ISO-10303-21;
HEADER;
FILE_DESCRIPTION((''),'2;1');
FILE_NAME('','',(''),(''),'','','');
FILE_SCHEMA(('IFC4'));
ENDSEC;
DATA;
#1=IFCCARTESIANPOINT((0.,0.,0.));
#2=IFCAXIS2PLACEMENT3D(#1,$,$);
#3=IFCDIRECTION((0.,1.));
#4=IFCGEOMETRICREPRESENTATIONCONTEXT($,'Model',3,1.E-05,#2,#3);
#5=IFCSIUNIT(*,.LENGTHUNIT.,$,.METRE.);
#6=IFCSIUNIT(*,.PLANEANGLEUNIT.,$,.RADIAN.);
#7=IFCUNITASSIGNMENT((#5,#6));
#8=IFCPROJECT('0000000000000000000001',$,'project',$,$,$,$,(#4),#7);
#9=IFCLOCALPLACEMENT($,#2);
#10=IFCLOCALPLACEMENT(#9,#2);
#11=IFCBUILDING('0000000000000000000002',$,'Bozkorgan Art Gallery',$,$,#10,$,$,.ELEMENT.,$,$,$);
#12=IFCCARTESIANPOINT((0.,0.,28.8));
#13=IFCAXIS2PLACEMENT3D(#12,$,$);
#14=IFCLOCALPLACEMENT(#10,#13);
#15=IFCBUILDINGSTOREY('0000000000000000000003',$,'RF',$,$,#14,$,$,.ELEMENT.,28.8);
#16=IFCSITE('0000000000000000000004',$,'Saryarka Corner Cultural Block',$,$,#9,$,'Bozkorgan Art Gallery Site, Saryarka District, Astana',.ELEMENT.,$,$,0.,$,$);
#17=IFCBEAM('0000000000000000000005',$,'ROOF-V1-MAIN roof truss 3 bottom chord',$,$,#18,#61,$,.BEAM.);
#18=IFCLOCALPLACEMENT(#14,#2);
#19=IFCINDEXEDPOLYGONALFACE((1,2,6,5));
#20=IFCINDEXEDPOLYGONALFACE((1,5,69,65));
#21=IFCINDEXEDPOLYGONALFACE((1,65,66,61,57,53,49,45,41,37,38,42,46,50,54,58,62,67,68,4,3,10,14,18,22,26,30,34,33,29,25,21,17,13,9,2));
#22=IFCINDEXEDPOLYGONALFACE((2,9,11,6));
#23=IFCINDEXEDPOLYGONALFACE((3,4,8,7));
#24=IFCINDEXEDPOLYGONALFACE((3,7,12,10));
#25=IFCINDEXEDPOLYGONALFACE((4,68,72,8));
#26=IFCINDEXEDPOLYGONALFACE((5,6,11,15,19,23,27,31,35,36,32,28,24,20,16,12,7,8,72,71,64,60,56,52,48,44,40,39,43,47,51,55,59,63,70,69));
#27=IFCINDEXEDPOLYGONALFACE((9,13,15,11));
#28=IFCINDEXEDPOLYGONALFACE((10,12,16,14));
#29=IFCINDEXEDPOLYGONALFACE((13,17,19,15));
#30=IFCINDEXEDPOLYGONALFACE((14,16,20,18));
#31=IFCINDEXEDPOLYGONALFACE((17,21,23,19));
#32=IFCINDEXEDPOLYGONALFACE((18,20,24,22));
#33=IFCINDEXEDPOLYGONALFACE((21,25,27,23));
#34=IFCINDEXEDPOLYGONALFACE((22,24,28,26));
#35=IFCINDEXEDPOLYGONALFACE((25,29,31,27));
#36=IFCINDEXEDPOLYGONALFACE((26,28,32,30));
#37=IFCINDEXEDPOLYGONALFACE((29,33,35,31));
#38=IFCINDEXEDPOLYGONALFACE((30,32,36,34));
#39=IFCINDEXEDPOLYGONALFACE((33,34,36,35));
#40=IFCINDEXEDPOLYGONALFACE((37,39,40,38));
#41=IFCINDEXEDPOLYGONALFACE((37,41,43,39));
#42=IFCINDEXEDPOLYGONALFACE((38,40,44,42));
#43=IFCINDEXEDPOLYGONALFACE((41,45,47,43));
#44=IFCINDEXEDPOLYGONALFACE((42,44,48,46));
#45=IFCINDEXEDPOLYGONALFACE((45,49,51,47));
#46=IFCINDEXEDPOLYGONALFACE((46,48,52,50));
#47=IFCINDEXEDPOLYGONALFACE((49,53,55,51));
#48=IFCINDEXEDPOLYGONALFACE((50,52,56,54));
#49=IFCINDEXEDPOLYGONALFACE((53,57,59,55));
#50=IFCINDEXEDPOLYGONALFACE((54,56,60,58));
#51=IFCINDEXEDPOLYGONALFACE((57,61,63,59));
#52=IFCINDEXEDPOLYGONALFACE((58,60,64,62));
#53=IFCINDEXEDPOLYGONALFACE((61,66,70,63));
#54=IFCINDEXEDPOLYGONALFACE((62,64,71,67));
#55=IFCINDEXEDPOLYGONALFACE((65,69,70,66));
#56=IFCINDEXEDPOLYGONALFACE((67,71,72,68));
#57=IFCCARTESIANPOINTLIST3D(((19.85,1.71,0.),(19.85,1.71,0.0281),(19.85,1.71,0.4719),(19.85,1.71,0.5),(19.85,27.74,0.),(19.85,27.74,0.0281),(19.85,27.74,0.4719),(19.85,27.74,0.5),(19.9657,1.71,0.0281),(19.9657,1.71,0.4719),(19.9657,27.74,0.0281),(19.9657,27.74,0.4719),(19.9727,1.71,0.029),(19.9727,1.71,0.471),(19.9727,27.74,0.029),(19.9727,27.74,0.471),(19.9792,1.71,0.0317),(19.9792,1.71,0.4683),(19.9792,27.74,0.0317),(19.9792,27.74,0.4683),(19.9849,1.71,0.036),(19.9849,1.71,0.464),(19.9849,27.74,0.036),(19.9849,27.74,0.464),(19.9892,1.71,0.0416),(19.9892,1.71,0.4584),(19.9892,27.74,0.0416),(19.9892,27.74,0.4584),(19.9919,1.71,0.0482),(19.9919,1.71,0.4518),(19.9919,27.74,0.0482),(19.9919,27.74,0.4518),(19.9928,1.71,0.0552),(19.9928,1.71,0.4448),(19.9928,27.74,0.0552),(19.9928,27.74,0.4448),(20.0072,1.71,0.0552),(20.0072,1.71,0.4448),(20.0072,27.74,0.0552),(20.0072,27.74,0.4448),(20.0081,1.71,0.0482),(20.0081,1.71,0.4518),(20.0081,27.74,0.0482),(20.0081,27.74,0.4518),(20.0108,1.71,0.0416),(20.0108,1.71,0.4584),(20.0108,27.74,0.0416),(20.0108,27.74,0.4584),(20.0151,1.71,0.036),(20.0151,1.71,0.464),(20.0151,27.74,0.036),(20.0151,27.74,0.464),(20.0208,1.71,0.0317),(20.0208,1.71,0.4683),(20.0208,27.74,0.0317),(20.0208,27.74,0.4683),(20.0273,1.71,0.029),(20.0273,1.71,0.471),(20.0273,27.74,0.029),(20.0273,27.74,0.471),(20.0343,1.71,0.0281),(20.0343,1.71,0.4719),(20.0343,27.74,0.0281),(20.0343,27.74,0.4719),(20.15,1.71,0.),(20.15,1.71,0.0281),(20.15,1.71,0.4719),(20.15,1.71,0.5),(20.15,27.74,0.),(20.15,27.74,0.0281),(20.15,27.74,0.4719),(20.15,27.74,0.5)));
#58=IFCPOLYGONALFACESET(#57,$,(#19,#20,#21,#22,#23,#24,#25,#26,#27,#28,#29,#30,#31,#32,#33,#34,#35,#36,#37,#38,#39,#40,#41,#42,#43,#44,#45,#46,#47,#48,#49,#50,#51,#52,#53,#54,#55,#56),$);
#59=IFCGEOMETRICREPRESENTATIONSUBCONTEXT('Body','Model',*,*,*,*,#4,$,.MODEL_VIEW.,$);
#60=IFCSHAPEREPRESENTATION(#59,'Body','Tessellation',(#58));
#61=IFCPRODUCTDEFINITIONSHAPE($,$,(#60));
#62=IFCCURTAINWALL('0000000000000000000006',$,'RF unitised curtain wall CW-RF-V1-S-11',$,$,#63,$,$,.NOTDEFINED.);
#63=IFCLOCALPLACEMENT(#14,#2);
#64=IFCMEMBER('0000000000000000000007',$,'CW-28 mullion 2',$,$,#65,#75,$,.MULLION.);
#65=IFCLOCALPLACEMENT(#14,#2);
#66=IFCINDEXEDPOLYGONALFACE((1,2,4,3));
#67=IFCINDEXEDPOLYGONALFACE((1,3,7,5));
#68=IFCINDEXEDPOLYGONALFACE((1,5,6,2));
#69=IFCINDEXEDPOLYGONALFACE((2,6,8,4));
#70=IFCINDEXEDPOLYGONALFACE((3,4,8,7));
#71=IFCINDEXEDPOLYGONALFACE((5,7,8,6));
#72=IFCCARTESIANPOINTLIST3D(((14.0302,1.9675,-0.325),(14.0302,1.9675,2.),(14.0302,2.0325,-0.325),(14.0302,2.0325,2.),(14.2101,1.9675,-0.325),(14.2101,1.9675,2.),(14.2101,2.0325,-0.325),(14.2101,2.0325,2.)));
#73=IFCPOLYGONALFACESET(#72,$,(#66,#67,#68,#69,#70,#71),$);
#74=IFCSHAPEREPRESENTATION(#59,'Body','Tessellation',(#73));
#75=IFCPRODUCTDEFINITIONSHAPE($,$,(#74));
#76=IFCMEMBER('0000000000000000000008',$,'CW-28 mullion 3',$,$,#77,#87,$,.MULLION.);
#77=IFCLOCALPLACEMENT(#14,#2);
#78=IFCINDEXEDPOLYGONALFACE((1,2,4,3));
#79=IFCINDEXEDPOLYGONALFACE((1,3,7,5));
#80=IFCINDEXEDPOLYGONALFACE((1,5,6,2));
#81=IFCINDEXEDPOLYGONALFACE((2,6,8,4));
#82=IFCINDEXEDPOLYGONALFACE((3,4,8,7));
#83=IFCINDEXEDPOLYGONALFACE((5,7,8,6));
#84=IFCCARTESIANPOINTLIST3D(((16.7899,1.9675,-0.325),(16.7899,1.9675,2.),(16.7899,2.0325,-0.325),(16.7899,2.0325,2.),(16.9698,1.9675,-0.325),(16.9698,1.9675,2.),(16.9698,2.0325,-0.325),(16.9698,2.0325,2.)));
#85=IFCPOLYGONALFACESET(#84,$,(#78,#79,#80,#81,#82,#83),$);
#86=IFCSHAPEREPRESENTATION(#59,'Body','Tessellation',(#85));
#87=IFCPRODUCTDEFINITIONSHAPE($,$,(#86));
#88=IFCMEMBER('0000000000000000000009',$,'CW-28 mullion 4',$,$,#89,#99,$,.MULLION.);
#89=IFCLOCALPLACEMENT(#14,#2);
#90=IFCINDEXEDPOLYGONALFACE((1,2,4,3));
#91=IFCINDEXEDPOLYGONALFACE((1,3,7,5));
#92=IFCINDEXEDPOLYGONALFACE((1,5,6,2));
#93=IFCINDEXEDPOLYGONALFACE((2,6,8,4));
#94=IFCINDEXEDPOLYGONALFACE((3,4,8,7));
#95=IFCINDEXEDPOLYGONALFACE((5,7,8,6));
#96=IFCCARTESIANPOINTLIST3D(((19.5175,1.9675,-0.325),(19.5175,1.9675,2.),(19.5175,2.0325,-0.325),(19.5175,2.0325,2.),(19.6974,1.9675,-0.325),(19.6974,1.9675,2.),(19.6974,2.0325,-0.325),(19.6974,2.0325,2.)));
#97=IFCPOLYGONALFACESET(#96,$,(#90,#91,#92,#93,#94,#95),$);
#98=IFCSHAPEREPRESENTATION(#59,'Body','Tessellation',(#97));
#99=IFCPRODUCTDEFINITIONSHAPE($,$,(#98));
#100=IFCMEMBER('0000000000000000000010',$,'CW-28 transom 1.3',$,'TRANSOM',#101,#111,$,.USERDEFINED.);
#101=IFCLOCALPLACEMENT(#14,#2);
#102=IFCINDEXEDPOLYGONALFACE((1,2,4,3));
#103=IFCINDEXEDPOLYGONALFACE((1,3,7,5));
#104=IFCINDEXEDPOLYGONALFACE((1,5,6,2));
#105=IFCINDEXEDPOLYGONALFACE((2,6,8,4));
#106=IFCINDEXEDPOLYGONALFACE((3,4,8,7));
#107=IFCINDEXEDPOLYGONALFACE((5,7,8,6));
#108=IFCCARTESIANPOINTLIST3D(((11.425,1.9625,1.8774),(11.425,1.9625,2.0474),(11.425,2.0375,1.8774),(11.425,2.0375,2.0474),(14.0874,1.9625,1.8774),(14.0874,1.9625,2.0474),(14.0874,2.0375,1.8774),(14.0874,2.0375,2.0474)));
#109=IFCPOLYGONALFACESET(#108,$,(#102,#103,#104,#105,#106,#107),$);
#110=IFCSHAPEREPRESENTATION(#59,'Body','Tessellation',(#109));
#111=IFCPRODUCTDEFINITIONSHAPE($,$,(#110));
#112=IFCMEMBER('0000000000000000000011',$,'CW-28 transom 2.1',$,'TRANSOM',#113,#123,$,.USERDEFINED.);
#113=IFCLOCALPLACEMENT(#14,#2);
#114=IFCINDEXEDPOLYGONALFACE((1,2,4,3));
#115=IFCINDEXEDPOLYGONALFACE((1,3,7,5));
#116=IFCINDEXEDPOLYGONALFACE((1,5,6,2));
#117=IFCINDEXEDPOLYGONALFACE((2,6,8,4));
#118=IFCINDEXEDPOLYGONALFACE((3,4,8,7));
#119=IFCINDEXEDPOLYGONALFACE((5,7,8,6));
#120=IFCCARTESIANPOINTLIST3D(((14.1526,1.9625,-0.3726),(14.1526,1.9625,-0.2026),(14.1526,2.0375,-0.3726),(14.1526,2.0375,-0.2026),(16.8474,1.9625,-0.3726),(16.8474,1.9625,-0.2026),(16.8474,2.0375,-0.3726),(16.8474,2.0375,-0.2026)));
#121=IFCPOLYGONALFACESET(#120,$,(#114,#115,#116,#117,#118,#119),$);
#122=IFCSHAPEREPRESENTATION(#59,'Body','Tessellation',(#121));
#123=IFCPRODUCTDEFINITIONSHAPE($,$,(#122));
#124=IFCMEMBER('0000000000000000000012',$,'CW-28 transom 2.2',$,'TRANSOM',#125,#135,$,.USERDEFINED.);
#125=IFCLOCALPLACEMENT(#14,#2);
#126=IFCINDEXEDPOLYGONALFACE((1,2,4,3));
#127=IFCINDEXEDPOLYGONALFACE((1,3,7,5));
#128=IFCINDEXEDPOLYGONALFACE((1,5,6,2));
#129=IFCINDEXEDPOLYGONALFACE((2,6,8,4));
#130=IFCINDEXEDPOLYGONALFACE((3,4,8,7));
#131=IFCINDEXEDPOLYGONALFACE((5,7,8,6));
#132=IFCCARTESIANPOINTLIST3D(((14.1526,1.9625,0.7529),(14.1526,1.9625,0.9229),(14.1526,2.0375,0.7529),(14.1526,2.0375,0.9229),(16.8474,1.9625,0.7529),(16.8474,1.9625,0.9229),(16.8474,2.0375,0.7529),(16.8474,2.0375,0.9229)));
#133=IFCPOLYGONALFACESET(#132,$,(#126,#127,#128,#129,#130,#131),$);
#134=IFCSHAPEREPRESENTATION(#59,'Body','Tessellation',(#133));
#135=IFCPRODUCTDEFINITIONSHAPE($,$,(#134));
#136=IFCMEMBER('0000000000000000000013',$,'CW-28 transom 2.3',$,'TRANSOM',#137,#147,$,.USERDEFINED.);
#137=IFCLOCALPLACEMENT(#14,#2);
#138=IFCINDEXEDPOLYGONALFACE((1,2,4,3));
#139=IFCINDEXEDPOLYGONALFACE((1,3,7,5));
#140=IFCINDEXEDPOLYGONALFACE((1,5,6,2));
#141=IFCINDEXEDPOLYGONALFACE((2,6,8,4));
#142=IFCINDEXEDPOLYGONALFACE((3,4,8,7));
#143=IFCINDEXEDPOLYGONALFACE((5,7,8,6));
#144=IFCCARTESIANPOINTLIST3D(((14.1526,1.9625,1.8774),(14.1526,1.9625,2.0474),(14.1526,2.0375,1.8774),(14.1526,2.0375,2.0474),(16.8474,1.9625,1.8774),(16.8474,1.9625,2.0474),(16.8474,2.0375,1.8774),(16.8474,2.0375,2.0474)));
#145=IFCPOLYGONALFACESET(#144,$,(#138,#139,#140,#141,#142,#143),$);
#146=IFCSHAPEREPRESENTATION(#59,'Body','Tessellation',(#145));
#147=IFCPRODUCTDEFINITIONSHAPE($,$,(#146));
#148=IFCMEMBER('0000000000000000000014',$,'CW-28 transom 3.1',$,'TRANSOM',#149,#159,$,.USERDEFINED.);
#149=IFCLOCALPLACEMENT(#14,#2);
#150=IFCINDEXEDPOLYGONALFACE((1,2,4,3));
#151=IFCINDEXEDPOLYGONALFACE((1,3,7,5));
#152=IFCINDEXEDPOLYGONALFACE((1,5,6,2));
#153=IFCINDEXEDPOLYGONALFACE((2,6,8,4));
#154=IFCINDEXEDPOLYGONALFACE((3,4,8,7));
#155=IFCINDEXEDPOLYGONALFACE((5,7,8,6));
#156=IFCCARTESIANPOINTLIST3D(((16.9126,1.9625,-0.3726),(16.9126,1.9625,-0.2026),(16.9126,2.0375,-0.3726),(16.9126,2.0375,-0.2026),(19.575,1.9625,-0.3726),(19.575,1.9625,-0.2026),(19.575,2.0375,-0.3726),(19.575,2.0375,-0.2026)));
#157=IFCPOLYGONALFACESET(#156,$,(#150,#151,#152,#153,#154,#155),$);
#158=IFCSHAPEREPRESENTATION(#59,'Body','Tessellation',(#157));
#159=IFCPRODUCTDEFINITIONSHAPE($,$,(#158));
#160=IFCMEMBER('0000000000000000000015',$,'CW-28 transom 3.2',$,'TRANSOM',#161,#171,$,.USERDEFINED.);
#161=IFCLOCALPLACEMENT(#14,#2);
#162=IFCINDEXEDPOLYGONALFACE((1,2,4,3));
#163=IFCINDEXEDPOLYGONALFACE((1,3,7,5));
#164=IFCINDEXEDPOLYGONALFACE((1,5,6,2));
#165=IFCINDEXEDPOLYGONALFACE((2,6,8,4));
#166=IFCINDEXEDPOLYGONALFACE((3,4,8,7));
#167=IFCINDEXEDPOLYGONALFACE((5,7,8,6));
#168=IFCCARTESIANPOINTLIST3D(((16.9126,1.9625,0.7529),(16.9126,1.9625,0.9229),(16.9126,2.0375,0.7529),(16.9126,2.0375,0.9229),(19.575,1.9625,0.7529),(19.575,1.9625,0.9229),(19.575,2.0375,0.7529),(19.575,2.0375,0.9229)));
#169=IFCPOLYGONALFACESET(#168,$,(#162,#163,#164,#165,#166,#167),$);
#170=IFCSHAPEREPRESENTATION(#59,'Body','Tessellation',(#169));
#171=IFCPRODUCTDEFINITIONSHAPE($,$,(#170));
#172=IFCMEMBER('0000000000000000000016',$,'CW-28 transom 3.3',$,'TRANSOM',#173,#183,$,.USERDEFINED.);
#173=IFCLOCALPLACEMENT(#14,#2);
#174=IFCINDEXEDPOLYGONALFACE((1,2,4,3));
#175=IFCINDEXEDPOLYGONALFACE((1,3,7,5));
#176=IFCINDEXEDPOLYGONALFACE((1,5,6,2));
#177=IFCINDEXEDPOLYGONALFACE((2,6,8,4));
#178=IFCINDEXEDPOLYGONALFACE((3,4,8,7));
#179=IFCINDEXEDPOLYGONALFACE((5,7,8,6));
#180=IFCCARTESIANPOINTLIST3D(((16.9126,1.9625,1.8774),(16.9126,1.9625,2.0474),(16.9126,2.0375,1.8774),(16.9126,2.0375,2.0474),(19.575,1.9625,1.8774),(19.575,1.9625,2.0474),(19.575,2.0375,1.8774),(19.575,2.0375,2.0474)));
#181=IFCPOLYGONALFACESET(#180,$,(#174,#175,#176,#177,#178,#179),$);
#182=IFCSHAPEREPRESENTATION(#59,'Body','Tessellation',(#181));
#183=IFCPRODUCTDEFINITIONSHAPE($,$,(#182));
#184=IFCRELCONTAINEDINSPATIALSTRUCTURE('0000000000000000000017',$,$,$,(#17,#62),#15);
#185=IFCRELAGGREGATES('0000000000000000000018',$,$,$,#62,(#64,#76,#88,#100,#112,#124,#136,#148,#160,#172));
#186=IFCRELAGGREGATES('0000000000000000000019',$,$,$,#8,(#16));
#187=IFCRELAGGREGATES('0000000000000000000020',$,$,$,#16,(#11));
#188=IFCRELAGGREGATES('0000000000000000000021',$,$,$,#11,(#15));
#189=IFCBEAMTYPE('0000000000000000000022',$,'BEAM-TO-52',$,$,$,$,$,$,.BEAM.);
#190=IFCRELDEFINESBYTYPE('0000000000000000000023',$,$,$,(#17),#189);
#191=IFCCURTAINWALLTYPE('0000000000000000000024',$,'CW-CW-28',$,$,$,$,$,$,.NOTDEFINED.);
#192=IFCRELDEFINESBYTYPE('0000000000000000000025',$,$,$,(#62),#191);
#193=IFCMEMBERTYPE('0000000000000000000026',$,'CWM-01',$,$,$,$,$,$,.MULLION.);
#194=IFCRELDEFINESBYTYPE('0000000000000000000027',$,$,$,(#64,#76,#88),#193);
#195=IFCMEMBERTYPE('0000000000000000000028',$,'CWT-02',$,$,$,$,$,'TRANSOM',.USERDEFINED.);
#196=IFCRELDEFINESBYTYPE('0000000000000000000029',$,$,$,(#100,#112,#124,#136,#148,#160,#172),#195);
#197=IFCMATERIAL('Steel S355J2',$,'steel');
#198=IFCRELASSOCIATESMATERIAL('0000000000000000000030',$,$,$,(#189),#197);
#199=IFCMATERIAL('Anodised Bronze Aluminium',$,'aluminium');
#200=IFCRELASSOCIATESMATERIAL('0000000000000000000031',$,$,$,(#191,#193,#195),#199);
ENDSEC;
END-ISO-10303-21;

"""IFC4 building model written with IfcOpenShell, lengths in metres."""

from ifc_helpers import new_model, si_unit, direction, frame, origin, origin_2d, place, context, subcontext, project, spatial, rectangle, i_section, extrude, material, material_profile, profile_set, type_object, element, aggregate, save


model = new_model("IFC4")

# Units and contexts
model_context = context("Model", 3, precision=1e-05, world=origin(), true_north=direction((0.0, 1.0)))
body_context = subcontext(model_context, "Body", "Model", "MODEL_VIEW")
ifc_project = project(units=[si_unit("LENGTHUNIT", "METRE"), si_unit("PLANEANGLEUNIT", "RADIAN")], contexts=[model_context])

# Site, building, storey
site_placement = place(None, origin())
site = spatial("IfcSite", under=ifc_project, at=site_placement, Name="Saryarka Corner Cultural Block", LongName="Bozkorgan Art Gallery Site, Saryarka District, Astana", CompositionType="ELEMENT", RefElevation=0.0)
building_placement = place(site_placement, origin())
building = spatial("IfcBuilding", under=site, at=building_placement, Name="Bozkorgan Art Gallery", CompositionType="ELEMENT")
storey_placement = place(building_placement, frame((0.0, 0.0, 28.8)))
storey = spatial("IfcBuildingStorey", under=building, at=storey_placement, Name="RF", CompositionType="ELEMENT", Elevation=28.8)

# Beam
ifc_material_1 = material(Name="Steel S355J2", Category="steel")
ifc_material_profile_1 = material_profile(ifc_material_1, i_section(OverallWidth=0.3, OverallDepth=0.5, WebThickness=0.0144, FlangeThickness=0.0281, FilletRadius=0.0271, at=origin_2d()), Name="HEB 500")
ifc_profile_set_1 = profile_set([ifc_material_profile_1], Name="Steel S355J2")
beam_type = type_object("IfcBeamType", Name="BEAM-TO-52", PredefinedType="BEAM", material=ifc_profile_set_1)
beam_placement = place(storey_placement, frame((20.0, 1.71, 0.25), z_axis=(0.0, 1.0, 0.0), x_axis=(-1.0, 0.0, 0.0)))
element("IfcBeam", 1, at=beam_placement, inside=storey, type_object=beam_type, Name="ROOF-V1-MAIN roof truss 3 bottom chord", PredefinedType="BEAM", context=body_context, shape_type="SweptSolid", body=[
    extrude(i_section(OverallWidth=0.3, OverallDepth=0.5, WebThickness=0.0144, FlangeThickness=0.0281, FilletRadius=0.0271, at=origin_2d()), origin(), (0.0, 0.0, 1.0), 26.03),
])

# Curtain wall, members
ifc_material_2 = material(Name="Anodised Bronze Aluminium", Category="aluminium")
curtain_wall_type = type_object("IfcCurtainWallType", Name="CW-CW-28", PredefinedType="NOTDEFINED", material=ifc_material_2)
curtain_wall_placement = place(storey_placement, origin())
curtain_wall = element("IfcCurtainWall", 2, at=curtain_wall_placement, inside=storey, type_object=curtain_wall_type, Name="RF unitised curtain wall CW-RF-V1-S-11", PredefinedType="NOTDEFINED")
ifc_material_profile_2 = material_profile(ifc_material_2, rectangle(XDim=0.0649, YDim=0.1799, at=origin_2d()), Name="ALU MULLION 65x180")
ifc_profile_set_2 = profile_set([ifc_material_profile_2], Name="Anodised Bronze Aluminium")
member_type_1 = type_object("IfcMemberType", Name="CWM-01", PredefinedType="MULLION", material=ifc_profile_set_2)
member_1_placement = place(storey_placement, frame((14.1201, 2.0, -0.325), z_axis=(0.0, 0.0, 1.0), x_axis=(0.0, 1.0, 0.0)))
member_1 = element("IfcMember", 3, at=member_1_placement, type_object=member_type_1, Name="CW-28 mullion 2", PredefinedType="MULLION", context=body_context, shape_type="SweptSolid", body=[
    extrude(rectangle(XDim=0.0649, YDim=0.1799, at=origin_2d()), origin(), (0.0, 0.0, 1.0), 2.325),
])
member_2_placement = place(storey_placement, frame((16.8799, 2.0, -0.325), z_axis=(0.0, 0.0, 1.0), x_axis=(0.0, 1.0, 0.0)))
member_2 = element("IfcMember", 4, at=member_2_placement, type_object=member_type_1, Name="CW-28 mullion 3", PredefinedType="MULLION", context=body_context, shape_type="SweptSolid", body=[
    extrude(rectangle(XDim=0.0649, YDim=0.1799, at=origin_2d()), origin(), (0.0, 0.0, 1.0), 2.325),
])
member_3_placement = place(storey_placement, frame((19.6074, 2.0, -0.325), z_axis=(0.0, 0.0, 1.0), x_axis=(0.0, 1.0, 0.0)))
member_3 = element("IfcMember", 5, at=member_3_placement, type_object=member_type_1, Name="CW-28 mullion 4", PredefinedType="MULLION", context=body_context, shape_type="SweptSolid", body=[
    extrude(rectangle(XDim=0.0649, YDim=0.1799, at=origin_2d()), origin(), (0.0, 0.0, 1.0), 2.325),
])
ifc_material_profile_3 = material_profile(ifc_material_2, rectangle(XDim=0.075, YDim=0.1699, at=origin_2d()), Name="ALU TRANSOM 75x170")
ifc_profile_set_3 = profile_set([ifc_material_profile_3], Name="Anodised Bronze Aluminium")
member_type_2 = type_object("IfcMemberType", Name="CWT-02", ElementType="TRANSOM", PredefinedType="USERDEFINED", material=ifc_profile_set_3)
member_4_placement = place(storey_placement, frame((11.425, 2.0, 1.9624), z_axis=(1.0, 0.0, 0.0), x_axis=(0.0, 1.0, 0.0)))
member_4 = element("IfcMember", 6, at=member_4_placement, type_object=member_type_2, Name="CW-28 transom 1.3", ObjectType="TRANSOM", PredefinedType="USERDEFINED", context=body_context, shape_type="SweptSolid", body=[
    extrude(rectangle(XDim=0.075, YDim=0.1699, at=origin_2d()), origin(), (0.0, 0.0, 1.0), 2.6624),
])
member_5_placement = place(storey_placement, frame((14.1526, 2.0, -0.2876), z_axis=(1.0, 0.0, 0.0), x_axis=(0.0, 1.0, 0.0)))
member_5 = element("IfcMember", 7, at=member_5_placement, type_object=member_type_2, Name="CW-28 transom 2.1", ObjectType="TRANSOM", PredefinedType="USERDEFINED", context=body_context, shape_type="SweptSolid", body=[
    extrude(rectangle(XDim=0.075, YDim=0.1699, at=origin_2d()), origin(), (0.0, 0.0, 1.0), 2.6948),
])
member_6_placement = place(storey_placement, frame((14.1526, 2.0, 0.8379), z_axis=(1.0, 0.0, 0.0), x_axis=(0.0, 1.0, 0.0)))
member_6 = element("IfcMember", 8, at=member_6_placement, type_object=member_type_2, Name="CW-28 transom 2.2", ObjectType="TRANSOM", PredefinedType="USERDEFINED", context=body_context, shape_type="SweptSolid", body=[
    extrude(rectangle(XDim=0.075, YDim=0.1699, at=origin_2d()), origin(), (0.0, 0.0, 1.0), 2.6948),
])
member_7_placement = place(storey_placement, frame((14.1526, 2.0, 1.9624), z_axis=(1.0, 0.0, 0.0), x_axis=(0.0, 1.0, 0.0)))
member_7 = element("IfcMember", 9, at=member_7_placement, type_object=member_type_2, Name="CW-28 transom 2.3", ObjectType="TRANSOM", PredefinedType="USERDEFINED", context=body_context, shape_type="SweptSolid", body=[
    extrude(rectangle(XDim=0.075, YDim=0.1699, at=origin_2d()), origin(), (0.0, 0.0, 1.0), 2.6948),
])
member_8_placement = place(storey_placement, frame((16.9126, 2.0, -0.2876), z_axis=(1.0, 0.0, 0.0), x_axis=(0.0, 1.0, 0.0)))
member_8 = element("IfcMember", 10, at=member_8_placement, type_object=member_type_2, Name="CW-28 transom 3.1", ObjectType="TRANSOM", PredefinedType="USERDEFINED", context=body_context, shape_type="SweptSolid", body=[
    extrude(rectangle(XDim=0.075, YDim=0.1699, at=origin_2d()), origin(), (0.0, 0.0, 1.0), 2.6624),
])
member_9_placement = place(storey_placement, frame((16.9126, 2.0, 0.8379), z_axis=(1.0, 0.0, 0.0), x_axis=(0.0, 1.0, 0.0)))
member_9 = element("IfcMember", 11, at=member_9_placement, type_object=member_type_2, Name="CW-28 transom 3.2", ObjectType="TRANSOM", PredefinedType="USERDEFINED", context=body_context, shape_type="SweptSolid", body=[
    extrude(rectangle(XDim=0.075, YDim=0.1699, at=origin_2d()), origin(), (0.0, 0.0, 1.0), 2.6624),
])
member_10_placement = place(storey_placement, frame((16.9126, 2.0, 1.9624), z_axis=(1.0, 0.0, 0.0), x_axis=(0.0, 1.0, 0.0)))
member_10 = element("IfcMember", 12, at=member_10_placement, type_object=member_type_2, Name="CW-28 transom 3.3", ObjectType="TRANSOM", PredefinedType="USERDEFINED", context=body_context, shape_type="SweptSolid", body=[
    extrude(rectangle(XDim=0.075, YDim=0.1699, at=origin_2d()), origin(), (0.0, 0.0, 1.0), 2.6624),
])

aggregate(curtain_wall, [member_1, member_2, member_3, member_4, member_5, member_6, member_7, member_8, member_9, member_10])

save(model, "model.ifc")
